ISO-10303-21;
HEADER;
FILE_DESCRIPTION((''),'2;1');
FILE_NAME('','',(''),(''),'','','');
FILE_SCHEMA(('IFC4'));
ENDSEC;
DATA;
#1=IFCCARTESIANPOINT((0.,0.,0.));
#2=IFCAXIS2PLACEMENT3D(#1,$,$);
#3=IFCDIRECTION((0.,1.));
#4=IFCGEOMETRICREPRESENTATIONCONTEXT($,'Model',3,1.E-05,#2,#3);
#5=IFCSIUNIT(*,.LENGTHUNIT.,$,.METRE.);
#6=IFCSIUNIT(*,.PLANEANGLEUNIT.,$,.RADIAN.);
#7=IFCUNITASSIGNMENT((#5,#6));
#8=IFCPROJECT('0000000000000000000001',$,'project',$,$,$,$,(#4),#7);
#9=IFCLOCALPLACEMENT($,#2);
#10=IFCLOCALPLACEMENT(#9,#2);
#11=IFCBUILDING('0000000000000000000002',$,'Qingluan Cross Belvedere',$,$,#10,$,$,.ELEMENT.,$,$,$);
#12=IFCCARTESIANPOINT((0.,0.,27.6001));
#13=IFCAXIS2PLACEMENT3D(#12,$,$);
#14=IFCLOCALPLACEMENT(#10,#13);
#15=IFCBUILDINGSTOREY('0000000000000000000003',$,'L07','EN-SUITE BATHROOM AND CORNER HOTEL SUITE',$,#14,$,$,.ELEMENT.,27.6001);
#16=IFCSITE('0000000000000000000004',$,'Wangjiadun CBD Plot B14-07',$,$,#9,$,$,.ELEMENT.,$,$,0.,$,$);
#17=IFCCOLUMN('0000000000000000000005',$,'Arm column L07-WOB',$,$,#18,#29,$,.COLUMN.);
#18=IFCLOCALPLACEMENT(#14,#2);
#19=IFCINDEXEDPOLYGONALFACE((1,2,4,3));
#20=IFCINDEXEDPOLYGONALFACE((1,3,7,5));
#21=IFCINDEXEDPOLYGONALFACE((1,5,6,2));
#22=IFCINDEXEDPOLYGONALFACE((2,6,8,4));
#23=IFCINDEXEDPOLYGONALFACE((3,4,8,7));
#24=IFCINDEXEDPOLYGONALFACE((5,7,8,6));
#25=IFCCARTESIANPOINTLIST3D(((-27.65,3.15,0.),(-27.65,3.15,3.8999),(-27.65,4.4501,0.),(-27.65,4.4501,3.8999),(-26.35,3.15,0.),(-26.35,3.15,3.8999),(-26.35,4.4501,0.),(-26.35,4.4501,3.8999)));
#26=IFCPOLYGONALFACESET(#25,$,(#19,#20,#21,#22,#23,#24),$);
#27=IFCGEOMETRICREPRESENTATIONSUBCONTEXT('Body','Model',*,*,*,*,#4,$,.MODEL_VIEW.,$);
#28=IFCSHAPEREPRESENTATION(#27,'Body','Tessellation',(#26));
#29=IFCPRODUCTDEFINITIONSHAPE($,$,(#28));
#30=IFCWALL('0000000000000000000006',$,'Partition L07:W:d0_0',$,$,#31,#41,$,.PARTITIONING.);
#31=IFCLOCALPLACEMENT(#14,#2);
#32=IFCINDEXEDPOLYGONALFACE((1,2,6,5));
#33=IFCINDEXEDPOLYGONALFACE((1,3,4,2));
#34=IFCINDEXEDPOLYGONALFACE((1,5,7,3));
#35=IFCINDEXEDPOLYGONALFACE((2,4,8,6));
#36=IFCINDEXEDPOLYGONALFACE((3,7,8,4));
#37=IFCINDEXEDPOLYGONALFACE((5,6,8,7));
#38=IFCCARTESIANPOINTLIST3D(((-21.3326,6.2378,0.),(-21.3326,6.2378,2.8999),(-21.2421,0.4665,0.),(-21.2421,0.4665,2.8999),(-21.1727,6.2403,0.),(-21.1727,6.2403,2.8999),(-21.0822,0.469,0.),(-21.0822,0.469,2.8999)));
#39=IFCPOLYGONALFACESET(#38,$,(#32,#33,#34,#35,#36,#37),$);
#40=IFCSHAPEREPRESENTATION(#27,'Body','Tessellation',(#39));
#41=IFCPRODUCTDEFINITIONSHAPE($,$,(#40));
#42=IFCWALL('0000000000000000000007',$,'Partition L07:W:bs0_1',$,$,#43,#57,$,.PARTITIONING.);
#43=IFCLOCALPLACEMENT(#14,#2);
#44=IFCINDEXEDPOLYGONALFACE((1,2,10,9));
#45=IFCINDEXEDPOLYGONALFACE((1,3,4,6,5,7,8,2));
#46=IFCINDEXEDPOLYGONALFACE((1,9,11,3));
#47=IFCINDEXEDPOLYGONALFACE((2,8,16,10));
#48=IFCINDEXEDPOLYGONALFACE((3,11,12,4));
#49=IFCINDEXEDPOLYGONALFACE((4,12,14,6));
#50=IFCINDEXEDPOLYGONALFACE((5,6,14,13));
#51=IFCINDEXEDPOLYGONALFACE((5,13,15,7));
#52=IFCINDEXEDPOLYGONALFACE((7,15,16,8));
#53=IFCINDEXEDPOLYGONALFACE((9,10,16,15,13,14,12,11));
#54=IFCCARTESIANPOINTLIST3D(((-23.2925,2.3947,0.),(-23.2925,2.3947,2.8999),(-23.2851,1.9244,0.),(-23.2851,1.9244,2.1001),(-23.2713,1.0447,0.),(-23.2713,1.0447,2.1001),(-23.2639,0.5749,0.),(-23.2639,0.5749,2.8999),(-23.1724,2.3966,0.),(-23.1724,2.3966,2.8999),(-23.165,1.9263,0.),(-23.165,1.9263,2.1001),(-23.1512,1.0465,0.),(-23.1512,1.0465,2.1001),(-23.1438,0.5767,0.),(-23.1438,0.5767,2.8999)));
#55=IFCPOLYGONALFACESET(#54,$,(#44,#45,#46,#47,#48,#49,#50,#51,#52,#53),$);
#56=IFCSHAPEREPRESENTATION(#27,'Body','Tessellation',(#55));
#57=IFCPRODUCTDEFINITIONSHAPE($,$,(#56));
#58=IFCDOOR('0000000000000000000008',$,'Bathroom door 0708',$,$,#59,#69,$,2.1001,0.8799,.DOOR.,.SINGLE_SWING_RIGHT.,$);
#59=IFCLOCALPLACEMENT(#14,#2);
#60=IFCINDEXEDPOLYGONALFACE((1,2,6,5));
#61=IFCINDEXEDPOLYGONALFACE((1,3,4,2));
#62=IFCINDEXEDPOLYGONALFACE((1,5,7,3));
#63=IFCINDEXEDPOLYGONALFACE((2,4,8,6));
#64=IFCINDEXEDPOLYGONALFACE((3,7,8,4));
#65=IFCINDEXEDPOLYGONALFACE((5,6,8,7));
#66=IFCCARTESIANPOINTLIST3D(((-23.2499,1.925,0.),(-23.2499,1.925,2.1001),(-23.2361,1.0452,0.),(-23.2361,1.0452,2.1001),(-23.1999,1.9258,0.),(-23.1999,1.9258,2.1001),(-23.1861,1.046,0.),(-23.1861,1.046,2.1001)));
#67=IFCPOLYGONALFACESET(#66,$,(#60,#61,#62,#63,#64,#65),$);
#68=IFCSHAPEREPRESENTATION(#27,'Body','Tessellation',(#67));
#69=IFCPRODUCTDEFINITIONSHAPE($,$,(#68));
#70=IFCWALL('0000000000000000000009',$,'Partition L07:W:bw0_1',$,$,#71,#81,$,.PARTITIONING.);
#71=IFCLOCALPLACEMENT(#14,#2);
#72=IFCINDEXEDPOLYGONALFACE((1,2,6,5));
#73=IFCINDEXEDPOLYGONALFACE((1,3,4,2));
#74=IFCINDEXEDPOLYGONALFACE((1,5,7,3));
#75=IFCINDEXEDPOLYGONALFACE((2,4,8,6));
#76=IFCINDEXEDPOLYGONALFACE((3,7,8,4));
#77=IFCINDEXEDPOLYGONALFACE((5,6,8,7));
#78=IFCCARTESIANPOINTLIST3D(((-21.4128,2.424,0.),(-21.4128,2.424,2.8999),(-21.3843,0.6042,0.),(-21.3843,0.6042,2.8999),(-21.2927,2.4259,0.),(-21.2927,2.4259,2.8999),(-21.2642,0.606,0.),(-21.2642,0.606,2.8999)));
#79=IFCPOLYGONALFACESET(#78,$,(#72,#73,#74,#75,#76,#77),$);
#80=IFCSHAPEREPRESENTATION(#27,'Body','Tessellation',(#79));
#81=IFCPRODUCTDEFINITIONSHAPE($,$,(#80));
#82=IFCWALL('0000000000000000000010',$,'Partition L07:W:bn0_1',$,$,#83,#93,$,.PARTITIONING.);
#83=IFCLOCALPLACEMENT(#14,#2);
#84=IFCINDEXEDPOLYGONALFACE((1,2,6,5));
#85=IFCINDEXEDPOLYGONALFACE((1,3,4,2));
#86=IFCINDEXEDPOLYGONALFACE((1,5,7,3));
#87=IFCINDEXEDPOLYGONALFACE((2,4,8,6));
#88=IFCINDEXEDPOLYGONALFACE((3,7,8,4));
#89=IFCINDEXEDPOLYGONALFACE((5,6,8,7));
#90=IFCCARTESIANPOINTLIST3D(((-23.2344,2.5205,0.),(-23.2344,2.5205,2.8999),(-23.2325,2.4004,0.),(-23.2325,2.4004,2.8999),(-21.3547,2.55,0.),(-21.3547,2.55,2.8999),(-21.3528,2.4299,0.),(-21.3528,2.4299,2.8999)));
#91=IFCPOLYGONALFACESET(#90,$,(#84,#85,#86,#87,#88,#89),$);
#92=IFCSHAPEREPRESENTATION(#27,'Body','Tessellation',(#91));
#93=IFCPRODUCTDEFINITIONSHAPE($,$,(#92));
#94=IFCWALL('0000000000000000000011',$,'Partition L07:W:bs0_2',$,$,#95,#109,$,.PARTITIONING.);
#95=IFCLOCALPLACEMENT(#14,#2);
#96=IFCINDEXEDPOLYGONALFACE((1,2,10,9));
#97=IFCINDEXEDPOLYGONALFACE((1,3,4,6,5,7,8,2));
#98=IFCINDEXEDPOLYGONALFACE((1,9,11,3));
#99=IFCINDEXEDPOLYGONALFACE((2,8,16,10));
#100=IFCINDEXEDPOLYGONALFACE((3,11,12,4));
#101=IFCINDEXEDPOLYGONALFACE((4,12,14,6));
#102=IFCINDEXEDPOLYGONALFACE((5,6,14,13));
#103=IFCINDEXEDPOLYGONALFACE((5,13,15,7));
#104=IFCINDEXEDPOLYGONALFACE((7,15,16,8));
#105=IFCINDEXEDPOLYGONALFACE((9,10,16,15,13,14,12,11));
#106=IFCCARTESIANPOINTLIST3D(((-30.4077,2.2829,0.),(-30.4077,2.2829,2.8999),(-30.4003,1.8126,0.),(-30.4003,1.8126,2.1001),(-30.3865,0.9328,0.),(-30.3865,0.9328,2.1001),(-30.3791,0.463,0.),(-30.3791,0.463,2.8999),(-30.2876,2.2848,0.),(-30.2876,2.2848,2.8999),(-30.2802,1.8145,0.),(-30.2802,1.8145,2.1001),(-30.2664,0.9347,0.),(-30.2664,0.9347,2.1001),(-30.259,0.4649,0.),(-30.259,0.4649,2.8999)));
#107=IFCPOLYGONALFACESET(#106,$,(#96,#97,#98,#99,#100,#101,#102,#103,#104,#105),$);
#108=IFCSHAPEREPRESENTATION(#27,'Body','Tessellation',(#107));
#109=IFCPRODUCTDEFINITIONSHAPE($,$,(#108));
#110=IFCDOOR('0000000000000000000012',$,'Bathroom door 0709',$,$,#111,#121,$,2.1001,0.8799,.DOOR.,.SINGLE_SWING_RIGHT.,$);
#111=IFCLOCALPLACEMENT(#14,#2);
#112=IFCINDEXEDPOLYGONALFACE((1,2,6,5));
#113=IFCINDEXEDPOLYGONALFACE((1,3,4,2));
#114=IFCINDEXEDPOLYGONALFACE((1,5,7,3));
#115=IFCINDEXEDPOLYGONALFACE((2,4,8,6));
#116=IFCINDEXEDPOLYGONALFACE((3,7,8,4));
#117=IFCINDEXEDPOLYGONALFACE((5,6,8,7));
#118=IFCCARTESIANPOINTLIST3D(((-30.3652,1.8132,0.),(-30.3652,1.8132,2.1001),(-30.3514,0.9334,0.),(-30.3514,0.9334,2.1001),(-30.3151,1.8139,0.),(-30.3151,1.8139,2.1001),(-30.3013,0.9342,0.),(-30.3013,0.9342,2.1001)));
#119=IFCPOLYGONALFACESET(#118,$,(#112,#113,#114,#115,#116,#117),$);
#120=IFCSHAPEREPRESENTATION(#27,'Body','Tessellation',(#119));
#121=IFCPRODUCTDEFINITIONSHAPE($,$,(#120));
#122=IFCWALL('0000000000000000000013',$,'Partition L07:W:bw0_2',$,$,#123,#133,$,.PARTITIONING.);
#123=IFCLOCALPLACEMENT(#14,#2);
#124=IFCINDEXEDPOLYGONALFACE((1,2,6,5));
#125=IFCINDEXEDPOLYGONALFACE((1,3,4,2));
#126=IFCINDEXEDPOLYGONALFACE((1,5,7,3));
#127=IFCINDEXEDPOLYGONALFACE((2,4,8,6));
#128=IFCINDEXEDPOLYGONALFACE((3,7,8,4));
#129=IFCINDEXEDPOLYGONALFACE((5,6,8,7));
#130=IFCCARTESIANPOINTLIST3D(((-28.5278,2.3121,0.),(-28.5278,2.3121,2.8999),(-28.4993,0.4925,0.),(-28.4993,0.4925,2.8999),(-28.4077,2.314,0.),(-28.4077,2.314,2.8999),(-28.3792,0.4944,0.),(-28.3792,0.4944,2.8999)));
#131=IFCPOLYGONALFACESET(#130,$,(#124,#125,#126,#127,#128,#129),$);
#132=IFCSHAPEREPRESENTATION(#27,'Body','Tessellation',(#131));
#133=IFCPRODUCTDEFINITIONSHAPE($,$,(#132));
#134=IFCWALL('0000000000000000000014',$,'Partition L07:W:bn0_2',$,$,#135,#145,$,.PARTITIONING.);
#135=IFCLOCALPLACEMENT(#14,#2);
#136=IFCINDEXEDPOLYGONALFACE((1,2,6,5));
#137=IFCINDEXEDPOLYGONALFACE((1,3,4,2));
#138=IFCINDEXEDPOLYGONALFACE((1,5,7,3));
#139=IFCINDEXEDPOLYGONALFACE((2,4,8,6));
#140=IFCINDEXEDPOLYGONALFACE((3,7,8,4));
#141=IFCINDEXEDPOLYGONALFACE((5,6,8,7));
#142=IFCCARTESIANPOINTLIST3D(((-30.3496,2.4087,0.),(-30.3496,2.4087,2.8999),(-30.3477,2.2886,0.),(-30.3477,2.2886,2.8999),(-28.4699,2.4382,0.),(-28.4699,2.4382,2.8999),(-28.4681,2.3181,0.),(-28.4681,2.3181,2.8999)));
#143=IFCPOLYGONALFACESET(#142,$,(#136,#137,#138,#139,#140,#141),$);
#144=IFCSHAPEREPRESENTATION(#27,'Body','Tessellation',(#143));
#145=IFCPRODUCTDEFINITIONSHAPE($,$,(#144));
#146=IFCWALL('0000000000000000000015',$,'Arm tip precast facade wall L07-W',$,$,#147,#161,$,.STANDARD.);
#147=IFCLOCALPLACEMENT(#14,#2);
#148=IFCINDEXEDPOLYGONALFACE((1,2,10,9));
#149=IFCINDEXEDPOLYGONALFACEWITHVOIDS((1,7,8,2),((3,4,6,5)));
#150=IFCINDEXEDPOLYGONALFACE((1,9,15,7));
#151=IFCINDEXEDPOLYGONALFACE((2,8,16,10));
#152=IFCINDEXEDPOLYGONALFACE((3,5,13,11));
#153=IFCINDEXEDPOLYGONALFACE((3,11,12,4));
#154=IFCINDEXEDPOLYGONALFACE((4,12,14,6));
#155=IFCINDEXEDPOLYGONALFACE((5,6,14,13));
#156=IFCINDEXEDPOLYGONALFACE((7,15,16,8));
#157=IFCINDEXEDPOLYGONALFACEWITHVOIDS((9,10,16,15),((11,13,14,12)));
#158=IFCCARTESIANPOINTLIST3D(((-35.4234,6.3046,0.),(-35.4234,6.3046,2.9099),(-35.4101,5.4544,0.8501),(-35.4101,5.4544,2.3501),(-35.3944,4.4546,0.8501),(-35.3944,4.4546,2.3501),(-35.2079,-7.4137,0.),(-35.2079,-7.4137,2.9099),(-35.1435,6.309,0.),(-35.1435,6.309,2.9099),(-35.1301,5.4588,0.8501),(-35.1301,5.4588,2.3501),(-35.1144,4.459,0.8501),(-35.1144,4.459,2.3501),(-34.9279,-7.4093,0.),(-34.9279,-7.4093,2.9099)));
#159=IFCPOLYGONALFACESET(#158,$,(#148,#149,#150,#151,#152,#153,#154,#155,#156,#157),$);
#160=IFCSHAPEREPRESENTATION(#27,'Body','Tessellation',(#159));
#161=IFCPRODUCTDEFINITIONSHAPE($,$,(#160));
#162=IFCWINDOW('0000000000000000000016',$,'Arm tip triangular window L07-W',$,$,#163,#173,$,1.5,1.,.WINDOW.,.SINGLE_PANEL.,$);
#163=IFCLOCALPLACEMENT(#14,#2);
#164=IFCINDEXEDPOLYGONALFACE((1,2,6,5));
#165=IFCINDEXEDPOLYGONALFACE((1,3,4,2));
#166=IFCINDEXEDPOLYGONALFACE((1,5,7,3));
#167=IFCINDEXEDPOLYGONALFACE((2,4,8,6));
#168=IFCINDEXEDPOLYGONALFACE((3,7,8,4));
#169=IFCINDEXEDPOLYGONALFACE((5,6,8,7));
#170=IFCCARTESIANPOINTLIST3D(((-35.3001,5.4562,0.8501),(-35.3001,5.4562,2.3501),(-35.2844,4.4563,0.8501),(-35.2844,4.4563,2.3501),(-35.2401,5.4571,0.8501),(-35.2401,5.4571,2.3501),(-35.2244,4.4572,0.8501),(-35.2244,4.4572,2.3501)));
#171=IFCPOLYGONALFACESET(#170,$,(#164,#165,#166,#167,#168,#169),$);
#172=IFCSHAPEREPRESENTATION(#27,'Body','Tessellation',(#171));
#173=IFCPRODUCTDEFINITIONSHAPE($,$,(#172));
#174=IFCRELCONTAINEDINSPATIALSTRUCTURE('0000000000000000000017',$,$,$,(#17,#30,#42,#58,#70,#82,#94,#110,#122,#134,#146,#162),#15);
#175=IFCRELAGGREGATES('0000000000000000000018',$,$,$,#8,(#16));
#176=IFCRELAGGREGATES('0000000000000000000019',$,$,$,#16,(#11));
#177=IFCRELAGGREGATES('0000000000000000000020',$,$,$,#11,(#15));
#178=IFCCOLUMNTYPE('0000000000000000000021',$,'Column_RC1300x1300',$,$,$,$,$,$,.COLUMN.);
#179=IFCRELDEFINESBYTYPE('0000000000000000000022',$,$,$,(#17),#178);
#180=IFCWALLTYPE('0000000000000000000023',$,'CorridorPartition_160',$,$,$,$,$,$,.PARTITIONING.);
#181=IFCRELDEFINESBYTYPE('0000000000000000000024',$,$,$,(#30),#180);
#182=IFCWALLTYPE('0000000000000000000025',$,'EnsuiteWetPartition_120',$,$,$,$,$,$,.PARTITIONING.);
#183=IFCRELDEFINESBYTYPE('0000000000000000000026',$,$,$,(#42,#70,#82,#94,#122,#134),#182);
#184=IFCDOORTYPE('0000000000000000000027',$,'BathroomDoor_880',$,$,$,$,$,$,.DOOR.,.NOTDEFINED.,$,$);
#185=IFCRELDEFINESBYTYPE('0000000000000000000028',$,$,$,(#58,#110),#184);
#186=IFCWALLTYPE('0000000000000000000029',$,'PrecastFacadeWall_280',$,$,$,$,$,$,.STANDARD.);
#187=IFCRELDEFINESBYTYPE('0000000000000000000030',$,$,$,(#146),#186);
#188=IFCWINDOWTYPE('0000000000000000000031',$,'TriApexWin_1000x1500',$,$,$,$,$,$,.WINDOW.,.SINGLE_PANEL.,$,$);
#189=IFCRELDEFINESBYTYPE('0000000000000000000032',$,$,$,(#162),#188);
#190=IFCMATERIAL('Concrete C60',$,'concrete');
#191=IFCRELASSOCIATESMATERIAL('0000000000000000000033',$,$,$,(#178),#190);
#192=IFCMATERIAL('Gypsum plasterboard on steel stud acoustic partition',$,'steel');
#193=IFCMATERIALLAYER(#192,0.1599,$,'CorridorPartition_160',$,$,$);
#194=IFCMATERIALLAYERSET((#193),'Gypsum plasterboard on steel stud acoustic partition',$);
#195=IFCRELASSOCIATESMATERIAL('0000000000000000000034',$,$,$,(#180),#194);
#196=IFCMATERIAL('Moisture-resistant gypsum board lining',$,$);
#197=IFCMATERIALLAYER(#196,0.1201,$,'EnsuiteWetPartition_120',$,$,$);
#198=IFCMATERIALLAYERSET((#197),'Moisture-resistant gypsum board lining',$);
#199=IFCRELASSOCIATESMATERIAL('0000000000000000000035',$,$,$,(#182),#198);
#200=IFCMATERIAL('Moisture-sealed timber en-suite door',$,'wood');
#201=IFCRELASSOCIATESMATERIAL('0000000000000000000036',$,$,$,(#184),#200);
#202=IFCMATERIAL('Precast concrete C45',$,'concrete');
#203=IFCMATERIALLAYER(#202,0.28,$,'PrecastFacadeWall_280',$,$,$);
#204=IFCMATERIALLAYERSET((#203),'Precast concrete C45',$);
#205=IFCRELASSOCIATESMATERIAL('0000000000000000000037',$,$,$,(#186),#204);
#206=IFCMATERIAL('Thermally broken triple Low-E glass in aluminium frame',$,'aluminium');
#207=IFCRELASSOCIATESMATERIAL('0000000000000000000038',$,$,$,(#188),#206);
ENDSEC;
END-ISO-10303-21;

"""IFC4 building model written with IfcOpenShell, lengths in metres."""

from ifc_helpers import new_model, si_unit, direction, frame, frame_2d, origin, origin_2d, place, context, subcontext, project, spatial, rectangle, extrude, material, layer, layer_set, material_profile, profile_set, type_object, element, fill, save


model = new_model("IFC4")

# Units and contexts
model_context = context("Model", 3, precision=1e-05, world=origin(), true_north=direction((0.0, 1.0)))
body_context = subcontext(model_context, "Body", "Model", "MODEL_VIEW")
ifc_project = project(units=[si_unit("LENGTHUNIT", "METRE"), si_unit("PLANEANGLEUNIT", "RADIAN")], contexts=[model_context])

# Site, building, storey
site_placement = place(None, origin())
site = spatial("IfcSite", under=ifc_project, at=site_placement, Name="Wangjiadun CBD Plot B14-07", CompositionType="ELEMENT", RefElevation=0.0)
building_placement = place(site_placement, origin())
building = spatial("IfcBuilding", under=site, at=building_placement, Name="Qingluan Cross Belvedere", CompositionType="ELEMENT")
storey_placement = place(building_placement, frame((0.0, 0.0, 27.6001)))
storey = spatial("IfcBuildingStorey", under=building, at=storey_placement, Name="L07", Description="EN-SUITE BATHROOM AND CORNER HOTEL SUITE", CompositionType="ELEMENT", Elevation=27.6001)

# Column
ifc_material_1 = material(Name="Concrete C60", Category="concrete")
ifc_material_profile = material_profile(ifc_material_1, rectangle(XDim=1.3, YDim=1.3, at=origin_2d()), Name="RC1300x1300")
ifc_profile_set = profile_set([ifc_material_profile], Name="Concrete C60")
column_type = type_object("IfcColumnType", Name="Column_RC1300x1300", PredefinedType="COLUMN", material=ifc_profile_set)
column_placement = place(storey_placement, frame((-27.0, 3.8, 0.0), z_axis=(0.0, 0.0, 1.0), x_axis=(1.0, 0.0, 0.0)))
element("IfcColumn", 1, at=column_placement, inside=storey, type_object=column_type, Name="Arm column L07-WOB", PredefinedType="COLUMN", context=body_context, shape_type="SweptSolid", body=[
    extrude(rectangle(XDim=1.3, YDim=1.3, at=origin_2d()), origin(), (0.0, 0.0, 1.0), 3.8999),
])

# Wall
ifc_material_2 = material(Name="Gypsum plasterboard on steel stud acoustic partition", Category="steel")
ifc_layer_1 = layer(ifc_material_2, 0.1599, Name="CorridorPartition_160")
ifc_layer_set_1 = layer_set([ifc_layer_1], Name="Gypsum plasterboard on steel stud acoustic partition")
wall_type_1 = type_object("IfcWallType", Name="CorridorPartition_160", PredefinedType="PARTITIONING", material=ifc_layer_set_1)
wall_1_placement = place(storey_placement, frame((-21.1621, 0.4678, 0.0), z_axis=(0.0, 0.0, 1.0), x_axis=(-0.015692, 0.999877, 0.0)))
element("IfcWall", 2, at=wall_1_placement, inside=storey, type_object=wall_type_1, Name="Partition L07:W:d0_0", PredefinedType="PARTITIONING", context=body_context, shape_type="SweptSolid", body=[
    extrude(rectangle(XDim=5.772, YDim=0.1599, at=frame_2d((2.886, 0.0))), origin(), (0.0, 0.0, 1.0), 2.8999),
])

# Wall, opening, door
ifc_material_3 = material(Name="Moisture-resistant gypsum board lining")
ifc_layer_2 = layer(ifc_material_3, 0.1201, Name="EnsuiteWetPartition_120")
ifc_layer_set_2 = layer_set([ifc_layer_2], Name="Moisture-resistant gypsum board lining")
wall_type_2 = type_object("IfcWallType", Name="EnsuiteWetPartition_120", PredefinedType="PARTITIONING", material=ifc_layer_set_2)
wall_2_placement = place(storey_placement, frame((-23.2039, 0.5757, 0.0), z_axis=(0.0, 0.0, 1.0), x_axis=(-0.015694, 0.999877, 0.0)))
wall_2 = element("IfcWall", 3, at=wall_2_placement, inside=storey, type_object=wall_type_2, Name="Partition L07:W:bs0_1", PredefinedType="PARTITIONING", context=body_context, shape_type="SweptSolid", body=[
    extrude(rectangle(XDim=1.8201, YDim=0.1201, at=frame_2d((0.9102, 0.0))), origin(), (0.0, 0.0, 1.0), 2.8999),
])
opening_1_placement = place(wall_2_placement, frame((0.47, 0.0, 0.0)))
opening_1 = element("IfcOpeningElement", 4, at=opening_1_placement, cuts=wall_2, PredefinedType="OPENING", context=body_context, shape_type="SweptSolid", body=[
    extrude(rectangle(XDim=0.8799, YDim=2.1001, at=frame_2d((0.4399, 1.05))), frame((0.0, 0.0701, 0.0), z_axis=(0.0, -1.0, 0.0), x_axis=(1.0, 0.0, 0.0)), (0.0, 0.0, 1.0), 0.1401),
])
ifc_material_4 = material(Name="Moisture-sealed timber en-suite door", Category="wood")
door_type = type_object("IfcDoorType", Name="BathroomDoor_880", OperationType="NOTDEFINED", PredefinedType="DOOR", material=ifc_material_4)
door_1_placement = place(opening_1_placement, origin())
door_1 = element("IfcDoor", 5, at=door_1_placement, inside=storey, type_object=door_type, Name="Bathroom door 0708", OperationType="SINGLE_SWING_RIGHT", OverallHeight=2.1001, OverallWidth=0.8799, PredefinedType="DOOR", context=body_context, shape_type="SweptSolid", body=[
    extrude(rectangle(XDim=0.8799, YDim=2.1001, at=frame_2d((0.4399, 1.05))), frame((0.0, 0.0249, 0.0), z_axis=(0.0, -1.0, 0.0), x_axis=(1.0, 0.0, 0.0)), (0.0, 0.0, 1.0), 0.05),
])
fill(opening_1, door_1)

# Walls
wall_3_placement = place(storey_placement, frame((-21.3242, 0.605, 0.0), z_axis=(0.0, 0.0, 1.0), x_axis=(-0.015694, 0.999877, 0.0)))
element("IfcWall", 6, at=wall_3_placement, inside=storey, type_object=wall_type_2, Name="Partition L07:W:bw0_1", PredefinedType="PARTITIONING", context=body_context, shape_type="SweptSolid", body=[
    extrude(rectangle(XDim=1.8201, YDim=0.1201, at=frame_2d((0.9102, 0.0))), origin(), (0.0, 0.0, 1.0), 2.8999),
])
wall_4_placement = place(storey_placement, frame((-21.3538, 2.49, 0.0), z_axis=(0.0, 0.0, 1.0), x_axis=(-0.999877, -0.015714, 0.0)))
element("IfcWall", 7, at=wall_4_placement, inside=storey, type_object=wall_type_2, Name="Partition L07:W:bn0_1", PredefinedType="PARTITIONING", context=body_context, shape_type="SweptSolid", body=[
    extrude(rectangle(XDim=1.8799, YDim=0.1201, at=frame_2d((0.9399, 0.0))), origin(), (0.0, 0.0, 1.0), 2.8999),
])

# Wall, opening, door
wall_5_placement = place(storey_placement, frame((-30.3191, 0.4639, 0.0), z_axis=(0.0, 0.0, 1.0), x_axis=(-0.015694, 0.999877, 0.0)))
wall_5 = element("IfcWall", 8, at=wall_5_placement, inside=storey, type_object=wall_type_2, Name="Partition L07:W:bs0_2", PredefinedType="PARTITIONING", context=body_context, shape_type="SweptSolid", body=[
    extrude(rectangle(XDim=1.8201, YDim=0.1201, at=frame_2d((0.9102, 0.0))), origin(), (0.0, 0.0, 1.0), 2.8999),
])
opening_2_placement = place(wall_5_placement, frame((0.47, 0.0, 0.0)))
opening_2 = element("IfcOpeningElement", 9, at=opening_2_placement, cuts=wall_5, PredefinedType="OPENING", context=body_context, shape_type="SweptSolid", body=[
    extrude(rectangle(XDim=0.8799, YDim=2.1001, at=frame_2d((0.4399, 1.05))), frame((0.0, 0.0701, 0.0), z_axis=(0.0, -1.0, 0.0), x_axis=(1.0, 0.0, 0.0)), (0.0, 0.0, 1.0), 0.1401),
])
door_2_placement = place(opening_2_placement, origin())
door_2 = element("IfcDoor", 10, at=door_2_placement, inside=storey, type_object=door_type, Name="Bathroom door 0709", OperationType="SINGLE_SWING_RIGHT", OverallHeight=2.1001, OverallWidth=0.8799, PredefinedType="DOOR", context=body_context, shape_type="SweptSolid", body=[
    extrude(rectangle(XDim=0.8799, YDim=2.1001, at=frame_2d((0.4399, 1.05))), frame((0.0, 0.0249, 0.0), z_axis=(0.0, -1.0, 0.0), x_axis=(1.0, 0.0, 0.0)), (0.0, 0.0, 1.0), 0.05),
])
fill(opening_2, door_2)

# Walls
wall_6_placement = place(storey_placement, frame((-28.4392, 0.4934, 0.0), z_axis=(0.0, 0.0, 1.0), x_axis=(-0.015696, 0.999877, 0.0)))
element("IfcWall", 11, at=wall_6_placement, inside=storey, type_object=wall_type_2, Name="Partition L07:W:bw0_2", PredefinedType="PARTITIONING", context=body_context, shape_type="SweptSolid", body=[
    extrude(rectangle(XDim=1.8198, YDim=0.1201, at=frame_2d((0.9099, 0.0))), origin(), (0.0, 0.0, 1.0), 2.8999),
])
wall_7_placement = place(storey_placement, frame((-28.469, 2.3782, 0.0), z_axis=(0.0, 0.0, 1.0), x_axis=(-0.999877, -0.015714, 0.0)))
element("IfcWall", 12, at=wall_7_placement, inside=storey, type_object=wall_type_2, Name="Partition L07:W:bn0_2", PredefinedType="PARTITIONING", context=body_context, shape_type="SweptSolid", body=[
    extrude(rectangle(XDim=1.8799, YDim=0.1201, at=frame_2d((0.9399, 0.0))), origin(), (0.0, 0.0, 1.0), 2.8999),
])

# Wall, opening, window
ifc_material_5 = material(Name="Precast concrete C45", Category="concrete")
ifc_layer_3 = layer(ifc_material_5, 0.28, Name="PrecastFacadeWall_280")
ifc_layer_set_3 = layer_set([ifc_layer_3], Name="Precast concrete C45")
wall_type_3 = type_object("IfcWallType", Name="PrecastFacadeWall_280", PredefinedType="STANDARD", material=ifc_layer_set_3)
wall_8_placement = place(storey_placement, frame((-35.2834, 6.3066, 0.0), z_axis=(0.0, 0.0, 1.0), x_axis=(0.015713, -0.999877, 0.0)))
wall_8 = element("IfcWall", 13, at=wall_8_placement, inside=storey, type_object=wall_type_3, Name="Arm tip precast facade wall L07-W", PredefinedType="STANDARD", context=body_context, shape_type="SweptSolid", body=[
    extrude(rectangle(XDim=13.72, YDim=0.28, at=frame_2d((6.8599, 0.0))), origin(), (0.0, 0.0, 1.0), 2.9099),
])
opening_3_placement = place(wall_8_placement, frame((0.8501, 0.0, 0.8501)))
opening_3 = element("IfcOpeningElement", 14, at=opening_3_placement, cuts=wall_8, PredefinedType="OPENING", context=body_context, shape_type="SweptSolid", body=[
    extrude(rectangle(XDim=1.0, YDim=1.5, at=frame_2d((0.5, 0.75))), frame((0.0, 0.1499, 0.0), z_axis=(0.0, -1.0, 0.0), x_axis=(1.0, 0.0, 0.0)), (0.0, 0.0, 1.0), 0.3),
])
ifc_material_6 = material(Name="Thermally broken triple Low-E glass in aluminium frame", Category="aluminium")
window_type = type_object("IfcWindowType", Name="TriApexWin_1000x1500", PartitioningType="SINGLE_PANEL", PredefinedType="WINDOW", material=ifc_material_6)
window_placement = place(opening_3_placement, origin())
window = element("IfcWindow", 15, at=window_placement, inside=storey, type_object=window_type, Name="Arm tip triangular window L07-W", OverallHeight=1.5, OverallWidth=1.0, PartitioningType="SINGLE_PANEL", PredefinedType="WINDOW", context=body_context, shape_type="SweptSolid", body=[
    extrude(rectangle(XDim=1.0, YDim=1.5, at=frame_2d((0.5, 0.75))), frame((0.0, 0.03, 0.0), z_axis=(0.0, -1.0, 0.0), x_axis=(1.0, 0.0, 0.0)), (0.0, 0.0, 1.0), 0.0601),
])
fill(opening_3, window)

save(model, "model.ifc")
